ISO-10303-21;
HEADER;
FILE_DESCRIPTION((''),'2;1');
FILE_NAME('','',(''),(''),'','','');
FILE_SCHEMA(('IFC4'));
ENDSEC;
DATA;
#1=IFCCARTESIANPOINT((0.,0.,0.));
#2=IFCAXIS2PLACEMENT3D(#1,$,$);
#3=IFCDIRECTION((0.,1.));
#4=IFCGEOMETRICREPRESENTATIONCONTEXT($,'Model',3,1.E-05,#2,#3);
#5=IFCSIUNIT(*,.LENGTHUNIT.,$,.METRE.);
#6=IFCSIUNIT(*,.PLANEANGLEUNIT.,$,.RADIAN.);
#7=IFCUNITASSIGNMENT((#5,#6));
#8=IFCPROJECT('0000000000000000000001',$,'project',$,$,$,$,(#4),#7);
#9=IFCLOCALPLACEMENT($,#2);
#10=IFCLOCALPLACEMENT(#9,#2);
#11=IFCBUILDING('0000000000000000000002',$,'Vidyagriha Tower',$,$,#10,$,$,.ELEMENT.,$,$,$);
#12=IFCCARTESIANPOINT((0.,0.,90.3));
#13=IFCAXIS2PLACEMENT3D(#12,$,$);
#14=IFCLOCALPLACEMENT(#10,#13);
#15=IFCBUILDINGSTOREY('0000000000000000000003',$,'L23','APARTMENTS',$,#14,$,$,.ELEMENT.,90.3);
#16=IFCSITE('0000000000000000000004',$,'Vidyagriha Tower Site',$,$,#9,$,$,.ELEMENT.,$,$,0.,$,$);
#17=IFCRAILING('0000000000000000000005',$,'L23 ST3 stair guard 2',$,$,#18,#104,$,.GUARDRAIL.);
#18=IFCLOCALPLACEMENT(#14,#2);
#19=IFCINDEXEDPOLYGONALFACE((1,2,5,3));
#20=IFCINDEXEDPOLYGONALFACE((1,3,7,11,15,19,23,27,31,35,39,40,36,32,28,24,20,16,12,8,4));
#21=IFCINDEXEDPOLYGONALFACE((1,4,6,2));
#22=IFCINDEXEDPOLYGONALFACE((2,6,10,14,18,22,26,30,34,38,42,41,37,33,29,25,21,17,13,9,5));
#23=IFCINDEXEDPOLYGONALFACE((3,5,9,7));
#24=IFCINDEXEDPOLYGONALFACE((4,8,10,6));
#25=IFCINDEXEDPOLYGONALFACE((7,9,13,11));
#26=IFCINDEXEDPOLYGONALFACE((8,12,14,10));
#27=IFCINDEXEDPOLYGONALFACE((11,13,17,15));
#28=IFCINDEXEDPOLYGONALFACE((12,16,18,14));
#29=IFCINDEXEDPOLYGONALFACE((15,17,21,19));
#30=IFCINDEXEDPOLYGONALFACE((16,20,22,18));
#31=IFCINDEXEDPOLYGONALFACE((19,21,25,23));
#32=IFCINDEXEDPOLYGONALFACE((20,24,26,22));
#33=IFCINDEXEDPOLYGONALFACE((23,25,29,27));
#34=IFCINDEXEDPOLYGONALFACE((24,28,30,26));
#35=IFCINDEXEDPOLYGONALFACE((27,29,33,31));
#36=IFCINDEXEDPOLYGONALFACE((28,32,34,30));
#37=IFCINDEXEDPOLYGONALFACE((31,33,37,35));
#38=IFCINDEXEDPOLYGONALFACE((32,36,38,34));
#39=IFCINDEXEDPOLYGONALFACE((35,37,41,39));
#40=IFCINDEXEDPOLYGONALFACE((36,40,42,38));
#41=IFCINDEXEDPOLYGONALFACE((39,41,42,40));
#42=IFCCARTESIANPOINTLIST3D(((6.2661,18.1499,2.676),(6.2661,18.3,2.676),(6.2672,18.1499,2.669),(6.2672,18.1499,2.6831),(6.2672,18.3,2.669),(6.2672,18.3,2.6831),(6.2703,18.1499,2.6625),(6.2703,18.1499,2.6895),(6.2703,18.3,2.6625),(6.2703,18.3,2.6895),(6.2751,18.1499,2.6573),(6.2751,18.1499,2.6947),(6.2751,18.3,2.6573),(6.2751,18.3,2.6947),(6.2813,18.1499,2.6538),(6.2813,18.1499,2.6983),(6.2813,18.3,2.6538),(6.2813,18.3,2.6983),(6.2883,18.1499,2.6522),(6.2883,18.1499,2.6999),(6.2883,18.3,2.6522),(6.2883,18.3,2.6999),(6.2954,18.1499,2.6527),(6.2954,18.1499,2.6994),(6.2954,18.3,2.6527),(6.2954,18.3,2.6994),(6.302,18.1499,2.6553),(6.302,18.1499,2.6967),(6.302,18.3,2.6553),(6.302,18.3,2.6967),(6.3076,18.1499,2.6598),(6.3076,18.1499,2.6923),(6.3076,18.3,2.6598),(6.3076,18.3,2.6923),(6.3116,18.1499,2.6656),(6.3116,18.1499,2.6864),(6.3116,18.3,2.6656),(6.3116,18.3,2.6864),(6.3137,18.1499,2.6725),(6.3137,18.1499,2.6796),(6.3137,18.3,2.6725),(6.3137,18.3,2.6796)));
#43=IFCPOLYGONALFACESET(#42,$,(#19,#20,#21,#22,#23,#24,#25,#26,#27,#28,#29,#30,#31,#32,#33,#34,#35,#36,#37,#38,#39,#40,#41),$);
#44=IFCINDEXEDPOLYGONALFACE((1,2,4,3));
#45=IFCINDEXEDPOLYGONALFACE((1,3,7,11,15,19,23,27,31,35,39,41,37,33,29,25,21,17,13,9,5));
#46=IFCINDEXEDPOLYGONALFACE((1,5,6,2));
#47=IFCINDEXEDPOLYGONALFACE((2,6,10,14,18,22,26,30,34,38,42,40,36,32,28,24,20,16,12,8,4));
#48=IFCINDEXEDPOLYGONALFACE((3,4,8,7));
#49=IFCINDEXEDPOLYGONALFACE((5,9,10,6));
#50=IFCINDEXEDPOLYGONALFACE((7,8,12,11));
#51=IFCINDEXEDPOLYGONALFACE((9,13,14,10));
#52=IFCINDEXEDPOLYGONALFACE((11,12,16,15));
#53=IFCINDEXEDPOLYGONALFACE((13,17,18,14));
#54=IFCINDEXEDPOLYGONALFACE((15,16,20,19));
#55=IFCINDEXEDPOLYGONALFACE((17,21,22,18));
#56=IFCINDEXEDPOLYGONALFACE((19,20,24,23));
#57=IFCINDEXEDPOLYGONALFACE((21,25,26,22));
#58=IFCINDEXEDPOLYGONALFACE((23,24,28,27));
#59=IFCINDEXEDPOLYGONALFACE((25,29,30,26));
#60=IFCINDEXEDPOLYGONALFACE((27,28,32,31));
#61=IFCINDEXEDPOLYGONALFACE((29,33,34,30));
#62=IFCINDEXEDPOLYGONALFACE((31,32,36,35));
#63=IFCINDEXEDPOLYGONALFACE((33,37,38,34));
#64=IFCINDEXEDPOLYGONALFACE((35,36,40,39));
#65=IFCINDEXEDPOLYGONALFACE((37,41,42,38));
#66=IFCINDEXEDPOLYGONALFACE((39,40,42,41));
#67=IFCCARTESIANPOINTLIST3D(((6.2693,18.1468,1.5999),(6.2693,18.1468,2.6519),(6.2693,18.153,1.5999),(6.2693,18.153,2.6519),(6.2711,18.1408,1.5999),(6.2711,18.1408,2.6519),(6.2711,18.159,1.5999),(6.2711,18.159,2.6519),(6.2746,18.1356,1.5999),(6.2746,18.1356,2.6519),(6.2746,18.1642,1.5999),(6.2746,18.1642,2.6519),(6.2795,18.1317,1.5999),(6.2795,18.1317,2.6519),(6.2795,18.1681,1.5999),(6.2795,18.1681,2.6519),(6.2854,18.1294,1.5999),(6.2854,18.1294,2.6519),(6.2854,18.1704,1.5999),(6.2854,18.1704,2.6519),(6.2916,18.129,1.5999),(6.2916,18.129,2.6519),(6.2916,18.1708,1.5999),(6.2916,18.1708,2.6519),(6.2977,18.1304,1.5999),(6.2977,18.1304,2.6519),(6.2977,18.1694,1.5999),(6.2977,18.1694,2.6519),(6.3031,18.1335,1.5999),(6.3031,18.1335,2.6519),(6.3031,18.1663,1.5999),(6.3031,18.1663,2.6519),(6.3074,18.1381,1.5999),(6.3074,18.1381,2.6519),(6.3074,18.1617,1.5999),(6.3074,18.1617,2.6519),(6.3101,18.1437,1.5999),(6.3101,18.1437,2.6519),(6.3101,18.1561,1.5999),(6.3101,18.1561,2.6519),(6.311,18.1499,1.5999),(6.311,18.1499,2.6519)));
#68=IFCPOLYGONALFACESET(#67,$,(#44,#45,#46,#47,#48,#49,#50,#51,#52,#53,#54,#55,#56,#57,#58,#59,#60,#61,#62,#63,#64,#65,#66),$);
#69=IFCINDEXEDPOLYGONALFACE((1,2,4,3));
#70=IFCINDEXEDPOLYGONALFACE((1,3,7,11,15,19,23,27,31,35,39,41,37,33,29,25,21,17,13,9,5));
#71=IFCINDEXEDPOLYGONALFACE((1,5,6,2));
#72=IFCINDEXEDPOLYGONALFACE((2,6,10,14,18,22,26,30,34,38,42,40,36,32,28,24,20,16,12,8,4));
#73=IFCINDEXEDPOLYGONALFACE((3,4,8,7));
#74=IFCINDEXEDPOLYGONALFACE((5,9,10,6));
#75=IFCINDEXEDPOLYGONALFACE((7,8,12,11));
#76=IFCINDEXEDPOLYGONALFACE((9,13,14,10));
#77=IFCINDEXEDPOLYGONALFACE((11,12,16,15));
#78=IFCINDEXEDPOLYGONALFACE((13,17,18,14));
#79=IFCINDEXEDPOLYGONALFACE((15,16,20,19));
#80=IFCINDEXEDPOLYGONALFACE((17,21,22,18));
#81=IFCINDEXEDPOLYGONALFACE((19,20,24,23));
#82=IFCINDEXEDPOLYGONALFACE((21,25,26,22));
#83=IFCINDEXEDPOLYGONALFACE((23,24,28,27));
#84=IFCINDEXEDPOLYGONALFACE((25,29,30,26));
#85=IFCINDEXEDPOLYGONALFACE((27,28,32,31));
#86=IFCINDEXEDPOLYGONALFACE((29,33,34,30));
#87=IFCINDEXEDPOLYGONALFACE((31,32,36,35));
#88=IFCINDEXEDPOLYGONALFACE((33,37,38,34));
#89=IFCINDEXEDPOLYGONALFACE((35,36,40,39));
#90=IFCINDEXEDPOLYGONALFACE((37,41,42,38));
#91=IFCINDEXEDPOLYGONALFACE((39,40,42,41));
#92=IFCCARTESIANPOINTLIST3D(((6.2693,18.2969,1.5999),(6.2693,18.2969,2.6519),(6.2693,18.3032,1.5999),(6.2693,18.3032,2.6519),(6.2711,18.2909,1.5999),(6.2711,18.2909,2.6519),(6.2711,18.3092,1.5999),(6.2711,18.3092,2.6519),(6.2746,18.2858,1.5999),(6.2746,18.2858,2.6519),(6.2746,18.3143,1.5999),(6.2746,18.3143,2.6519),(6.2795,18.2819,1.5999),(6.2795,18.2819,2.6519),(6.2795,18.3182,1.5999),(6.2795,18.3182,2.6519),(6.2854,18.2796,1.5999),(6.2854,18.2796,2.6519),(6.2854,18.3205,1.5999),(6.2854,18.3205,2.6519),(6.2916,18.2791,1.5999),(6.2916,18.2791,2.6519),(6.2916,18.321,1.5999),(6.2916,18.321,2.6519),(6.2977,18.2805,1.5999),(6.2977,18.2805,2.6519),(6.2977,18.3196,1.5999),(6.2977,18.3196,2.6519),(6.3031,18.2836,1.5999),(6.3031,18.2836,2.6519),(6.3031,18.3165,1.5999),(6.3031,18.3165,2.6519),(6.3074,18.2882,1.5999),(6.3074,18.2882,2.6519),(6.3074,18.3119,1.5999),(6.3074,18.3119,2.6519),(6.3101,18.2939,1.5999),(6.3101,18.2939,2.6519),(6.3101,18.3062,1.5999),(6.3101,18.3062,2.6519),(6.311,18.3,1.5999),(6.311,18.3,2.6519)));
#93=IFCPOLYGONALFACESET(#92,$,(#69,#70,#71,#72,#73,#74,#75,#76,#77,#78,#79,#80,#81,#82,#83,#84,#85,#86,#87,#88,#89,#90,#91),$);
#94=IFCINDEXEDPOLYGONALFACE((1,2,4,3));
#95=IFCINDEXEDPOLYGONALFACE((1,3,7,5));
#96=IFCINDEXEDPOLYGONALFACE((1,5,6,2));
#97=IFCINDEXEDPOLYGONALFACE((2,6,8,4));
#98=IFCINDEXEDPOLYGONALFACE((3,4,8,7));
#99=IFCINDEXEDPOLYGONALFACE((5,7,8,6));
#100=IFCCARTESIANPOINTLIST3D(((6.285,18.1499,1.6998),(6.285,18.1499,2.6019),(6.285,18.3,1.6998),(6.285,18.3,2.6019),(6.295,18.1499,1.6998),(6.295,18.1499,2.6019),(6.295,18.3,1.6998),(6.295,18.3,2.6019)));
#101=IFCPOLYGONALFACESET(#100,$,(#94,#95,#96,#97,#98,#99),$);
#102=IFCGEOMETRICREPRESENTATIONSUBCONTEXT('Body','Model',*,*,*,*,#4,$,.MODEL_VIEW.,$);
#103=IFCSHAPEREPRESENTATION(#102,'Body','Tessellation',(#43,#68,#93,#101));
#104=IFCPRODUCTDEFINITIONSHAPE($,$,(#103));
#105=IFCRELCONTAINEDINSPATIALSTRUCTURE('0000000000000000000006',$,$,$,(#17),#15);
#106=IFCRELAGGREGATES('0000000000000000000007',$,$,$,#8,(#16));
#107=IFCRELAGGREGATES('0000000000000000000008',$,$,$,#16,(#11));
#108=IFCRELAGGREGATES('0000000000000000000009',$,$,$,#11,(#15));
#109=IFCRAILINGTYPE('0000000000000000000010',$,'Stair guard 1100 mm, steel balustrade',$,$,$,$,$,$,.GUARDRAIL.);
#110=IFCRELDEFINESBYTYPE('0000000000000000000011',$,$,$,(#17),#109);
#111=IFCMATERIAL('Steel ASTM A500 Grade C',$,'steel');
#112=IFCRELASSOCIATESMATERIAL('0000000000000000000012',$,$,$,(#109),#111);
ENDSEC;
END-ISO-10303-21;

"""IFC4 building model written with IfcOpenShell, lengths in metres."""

from ifc_helpers import new_model, si_unit, direction, frame, origin, origin_2d, place, context, subcontext, project, spatial, rectangle, circle, extrude, material, type_object, element, save


model = new_model("IFC4")

# Units and contexts
model_context = context("Model", 3, precision=1e-05, world=origin(), true_north=direction((0.0, 1.0)))
body_context = subcontext(model_context, "Body", "Model", "MODEL_VIEW")
ifc_project = project(units=[si_unit("LENGTHUNIT", "METRE"), si_unit("PLANEANGLEUNIT", "RADIAN")], contexts=[model_context])

# Site, building, storey
site_placement = place(None, origin())
site = spatial("IfcSite", under=ifc_project, at=site_placement, Name="Vidyagriha Tower Site", CompositionType="ELEMENT", RefElevation=0.0)
building_placement = place(site_placement, origin())
building = spatial("IfcBuilding", under=site, at=building_placement, Name="Vidyagriha Tower", CompositionType="ELEMENT")
storey_placement = place(building_placement, frame((0.0, 0.0, 90.3)))
storey = spatial("IfcBuildingStorey", under=building, at=storey_placement, Name="L23", Description="APARTMENTS", CompositionType="ELEMENT", Elevation=90.3)

# Railing
ifc_material_1 = material(Name="Steel ASTM A500 Grade C", Category="steel")
railing_type_1 = type_object("IfcRailingType", Name="Stair guard 1100 mm, steel balustrade", PredefinedType="GUARDRAIL", material=ifc_material_1)
railing_1_placement = place(storey_placement, frame((6.29, 18.1499, 1.5999)))
element("IfcRailing", 1, at=railing_1_placement, inside=storey, type_object=railing_type_1, Name="L23 ST3 stair guard 2", PredefinedType="GUARDRAIL", context=body_context, shape_type="SweptSolid", body=[
    extrude(circle(Radius=0.0239, at=origin_2d()), frame((0.0, 0.0, 1.0762), z_axis=(0.0, 1.0, 0.0), x_axis=(-1.0, 0.0, 0.0)), (0.0, 0.0, 1.0), 0.1501),
    extrude(circle(Radius=0.021, at=origin_2d()), origin(), (0.0, 0.0, 1.0), 1.052),
    extrude(circle(Radius=0.021, at=origin_2d()), frame((0.0, 0.1501, 0.0)), (0.0, 0.0, 1.0), 1.052),
    extrude(rectangle(XDim=0.01, YDim=0.9021, at=origin_2d()), frame((0.0, 0.0, 0.551), z_axis=(0.0, 1.0, 0.0), x_axis=(-1.0, 0.0, 0.0)), (0.0, 0.0, 1.0), 0.1501),
])

save(model, "model.ifc")
